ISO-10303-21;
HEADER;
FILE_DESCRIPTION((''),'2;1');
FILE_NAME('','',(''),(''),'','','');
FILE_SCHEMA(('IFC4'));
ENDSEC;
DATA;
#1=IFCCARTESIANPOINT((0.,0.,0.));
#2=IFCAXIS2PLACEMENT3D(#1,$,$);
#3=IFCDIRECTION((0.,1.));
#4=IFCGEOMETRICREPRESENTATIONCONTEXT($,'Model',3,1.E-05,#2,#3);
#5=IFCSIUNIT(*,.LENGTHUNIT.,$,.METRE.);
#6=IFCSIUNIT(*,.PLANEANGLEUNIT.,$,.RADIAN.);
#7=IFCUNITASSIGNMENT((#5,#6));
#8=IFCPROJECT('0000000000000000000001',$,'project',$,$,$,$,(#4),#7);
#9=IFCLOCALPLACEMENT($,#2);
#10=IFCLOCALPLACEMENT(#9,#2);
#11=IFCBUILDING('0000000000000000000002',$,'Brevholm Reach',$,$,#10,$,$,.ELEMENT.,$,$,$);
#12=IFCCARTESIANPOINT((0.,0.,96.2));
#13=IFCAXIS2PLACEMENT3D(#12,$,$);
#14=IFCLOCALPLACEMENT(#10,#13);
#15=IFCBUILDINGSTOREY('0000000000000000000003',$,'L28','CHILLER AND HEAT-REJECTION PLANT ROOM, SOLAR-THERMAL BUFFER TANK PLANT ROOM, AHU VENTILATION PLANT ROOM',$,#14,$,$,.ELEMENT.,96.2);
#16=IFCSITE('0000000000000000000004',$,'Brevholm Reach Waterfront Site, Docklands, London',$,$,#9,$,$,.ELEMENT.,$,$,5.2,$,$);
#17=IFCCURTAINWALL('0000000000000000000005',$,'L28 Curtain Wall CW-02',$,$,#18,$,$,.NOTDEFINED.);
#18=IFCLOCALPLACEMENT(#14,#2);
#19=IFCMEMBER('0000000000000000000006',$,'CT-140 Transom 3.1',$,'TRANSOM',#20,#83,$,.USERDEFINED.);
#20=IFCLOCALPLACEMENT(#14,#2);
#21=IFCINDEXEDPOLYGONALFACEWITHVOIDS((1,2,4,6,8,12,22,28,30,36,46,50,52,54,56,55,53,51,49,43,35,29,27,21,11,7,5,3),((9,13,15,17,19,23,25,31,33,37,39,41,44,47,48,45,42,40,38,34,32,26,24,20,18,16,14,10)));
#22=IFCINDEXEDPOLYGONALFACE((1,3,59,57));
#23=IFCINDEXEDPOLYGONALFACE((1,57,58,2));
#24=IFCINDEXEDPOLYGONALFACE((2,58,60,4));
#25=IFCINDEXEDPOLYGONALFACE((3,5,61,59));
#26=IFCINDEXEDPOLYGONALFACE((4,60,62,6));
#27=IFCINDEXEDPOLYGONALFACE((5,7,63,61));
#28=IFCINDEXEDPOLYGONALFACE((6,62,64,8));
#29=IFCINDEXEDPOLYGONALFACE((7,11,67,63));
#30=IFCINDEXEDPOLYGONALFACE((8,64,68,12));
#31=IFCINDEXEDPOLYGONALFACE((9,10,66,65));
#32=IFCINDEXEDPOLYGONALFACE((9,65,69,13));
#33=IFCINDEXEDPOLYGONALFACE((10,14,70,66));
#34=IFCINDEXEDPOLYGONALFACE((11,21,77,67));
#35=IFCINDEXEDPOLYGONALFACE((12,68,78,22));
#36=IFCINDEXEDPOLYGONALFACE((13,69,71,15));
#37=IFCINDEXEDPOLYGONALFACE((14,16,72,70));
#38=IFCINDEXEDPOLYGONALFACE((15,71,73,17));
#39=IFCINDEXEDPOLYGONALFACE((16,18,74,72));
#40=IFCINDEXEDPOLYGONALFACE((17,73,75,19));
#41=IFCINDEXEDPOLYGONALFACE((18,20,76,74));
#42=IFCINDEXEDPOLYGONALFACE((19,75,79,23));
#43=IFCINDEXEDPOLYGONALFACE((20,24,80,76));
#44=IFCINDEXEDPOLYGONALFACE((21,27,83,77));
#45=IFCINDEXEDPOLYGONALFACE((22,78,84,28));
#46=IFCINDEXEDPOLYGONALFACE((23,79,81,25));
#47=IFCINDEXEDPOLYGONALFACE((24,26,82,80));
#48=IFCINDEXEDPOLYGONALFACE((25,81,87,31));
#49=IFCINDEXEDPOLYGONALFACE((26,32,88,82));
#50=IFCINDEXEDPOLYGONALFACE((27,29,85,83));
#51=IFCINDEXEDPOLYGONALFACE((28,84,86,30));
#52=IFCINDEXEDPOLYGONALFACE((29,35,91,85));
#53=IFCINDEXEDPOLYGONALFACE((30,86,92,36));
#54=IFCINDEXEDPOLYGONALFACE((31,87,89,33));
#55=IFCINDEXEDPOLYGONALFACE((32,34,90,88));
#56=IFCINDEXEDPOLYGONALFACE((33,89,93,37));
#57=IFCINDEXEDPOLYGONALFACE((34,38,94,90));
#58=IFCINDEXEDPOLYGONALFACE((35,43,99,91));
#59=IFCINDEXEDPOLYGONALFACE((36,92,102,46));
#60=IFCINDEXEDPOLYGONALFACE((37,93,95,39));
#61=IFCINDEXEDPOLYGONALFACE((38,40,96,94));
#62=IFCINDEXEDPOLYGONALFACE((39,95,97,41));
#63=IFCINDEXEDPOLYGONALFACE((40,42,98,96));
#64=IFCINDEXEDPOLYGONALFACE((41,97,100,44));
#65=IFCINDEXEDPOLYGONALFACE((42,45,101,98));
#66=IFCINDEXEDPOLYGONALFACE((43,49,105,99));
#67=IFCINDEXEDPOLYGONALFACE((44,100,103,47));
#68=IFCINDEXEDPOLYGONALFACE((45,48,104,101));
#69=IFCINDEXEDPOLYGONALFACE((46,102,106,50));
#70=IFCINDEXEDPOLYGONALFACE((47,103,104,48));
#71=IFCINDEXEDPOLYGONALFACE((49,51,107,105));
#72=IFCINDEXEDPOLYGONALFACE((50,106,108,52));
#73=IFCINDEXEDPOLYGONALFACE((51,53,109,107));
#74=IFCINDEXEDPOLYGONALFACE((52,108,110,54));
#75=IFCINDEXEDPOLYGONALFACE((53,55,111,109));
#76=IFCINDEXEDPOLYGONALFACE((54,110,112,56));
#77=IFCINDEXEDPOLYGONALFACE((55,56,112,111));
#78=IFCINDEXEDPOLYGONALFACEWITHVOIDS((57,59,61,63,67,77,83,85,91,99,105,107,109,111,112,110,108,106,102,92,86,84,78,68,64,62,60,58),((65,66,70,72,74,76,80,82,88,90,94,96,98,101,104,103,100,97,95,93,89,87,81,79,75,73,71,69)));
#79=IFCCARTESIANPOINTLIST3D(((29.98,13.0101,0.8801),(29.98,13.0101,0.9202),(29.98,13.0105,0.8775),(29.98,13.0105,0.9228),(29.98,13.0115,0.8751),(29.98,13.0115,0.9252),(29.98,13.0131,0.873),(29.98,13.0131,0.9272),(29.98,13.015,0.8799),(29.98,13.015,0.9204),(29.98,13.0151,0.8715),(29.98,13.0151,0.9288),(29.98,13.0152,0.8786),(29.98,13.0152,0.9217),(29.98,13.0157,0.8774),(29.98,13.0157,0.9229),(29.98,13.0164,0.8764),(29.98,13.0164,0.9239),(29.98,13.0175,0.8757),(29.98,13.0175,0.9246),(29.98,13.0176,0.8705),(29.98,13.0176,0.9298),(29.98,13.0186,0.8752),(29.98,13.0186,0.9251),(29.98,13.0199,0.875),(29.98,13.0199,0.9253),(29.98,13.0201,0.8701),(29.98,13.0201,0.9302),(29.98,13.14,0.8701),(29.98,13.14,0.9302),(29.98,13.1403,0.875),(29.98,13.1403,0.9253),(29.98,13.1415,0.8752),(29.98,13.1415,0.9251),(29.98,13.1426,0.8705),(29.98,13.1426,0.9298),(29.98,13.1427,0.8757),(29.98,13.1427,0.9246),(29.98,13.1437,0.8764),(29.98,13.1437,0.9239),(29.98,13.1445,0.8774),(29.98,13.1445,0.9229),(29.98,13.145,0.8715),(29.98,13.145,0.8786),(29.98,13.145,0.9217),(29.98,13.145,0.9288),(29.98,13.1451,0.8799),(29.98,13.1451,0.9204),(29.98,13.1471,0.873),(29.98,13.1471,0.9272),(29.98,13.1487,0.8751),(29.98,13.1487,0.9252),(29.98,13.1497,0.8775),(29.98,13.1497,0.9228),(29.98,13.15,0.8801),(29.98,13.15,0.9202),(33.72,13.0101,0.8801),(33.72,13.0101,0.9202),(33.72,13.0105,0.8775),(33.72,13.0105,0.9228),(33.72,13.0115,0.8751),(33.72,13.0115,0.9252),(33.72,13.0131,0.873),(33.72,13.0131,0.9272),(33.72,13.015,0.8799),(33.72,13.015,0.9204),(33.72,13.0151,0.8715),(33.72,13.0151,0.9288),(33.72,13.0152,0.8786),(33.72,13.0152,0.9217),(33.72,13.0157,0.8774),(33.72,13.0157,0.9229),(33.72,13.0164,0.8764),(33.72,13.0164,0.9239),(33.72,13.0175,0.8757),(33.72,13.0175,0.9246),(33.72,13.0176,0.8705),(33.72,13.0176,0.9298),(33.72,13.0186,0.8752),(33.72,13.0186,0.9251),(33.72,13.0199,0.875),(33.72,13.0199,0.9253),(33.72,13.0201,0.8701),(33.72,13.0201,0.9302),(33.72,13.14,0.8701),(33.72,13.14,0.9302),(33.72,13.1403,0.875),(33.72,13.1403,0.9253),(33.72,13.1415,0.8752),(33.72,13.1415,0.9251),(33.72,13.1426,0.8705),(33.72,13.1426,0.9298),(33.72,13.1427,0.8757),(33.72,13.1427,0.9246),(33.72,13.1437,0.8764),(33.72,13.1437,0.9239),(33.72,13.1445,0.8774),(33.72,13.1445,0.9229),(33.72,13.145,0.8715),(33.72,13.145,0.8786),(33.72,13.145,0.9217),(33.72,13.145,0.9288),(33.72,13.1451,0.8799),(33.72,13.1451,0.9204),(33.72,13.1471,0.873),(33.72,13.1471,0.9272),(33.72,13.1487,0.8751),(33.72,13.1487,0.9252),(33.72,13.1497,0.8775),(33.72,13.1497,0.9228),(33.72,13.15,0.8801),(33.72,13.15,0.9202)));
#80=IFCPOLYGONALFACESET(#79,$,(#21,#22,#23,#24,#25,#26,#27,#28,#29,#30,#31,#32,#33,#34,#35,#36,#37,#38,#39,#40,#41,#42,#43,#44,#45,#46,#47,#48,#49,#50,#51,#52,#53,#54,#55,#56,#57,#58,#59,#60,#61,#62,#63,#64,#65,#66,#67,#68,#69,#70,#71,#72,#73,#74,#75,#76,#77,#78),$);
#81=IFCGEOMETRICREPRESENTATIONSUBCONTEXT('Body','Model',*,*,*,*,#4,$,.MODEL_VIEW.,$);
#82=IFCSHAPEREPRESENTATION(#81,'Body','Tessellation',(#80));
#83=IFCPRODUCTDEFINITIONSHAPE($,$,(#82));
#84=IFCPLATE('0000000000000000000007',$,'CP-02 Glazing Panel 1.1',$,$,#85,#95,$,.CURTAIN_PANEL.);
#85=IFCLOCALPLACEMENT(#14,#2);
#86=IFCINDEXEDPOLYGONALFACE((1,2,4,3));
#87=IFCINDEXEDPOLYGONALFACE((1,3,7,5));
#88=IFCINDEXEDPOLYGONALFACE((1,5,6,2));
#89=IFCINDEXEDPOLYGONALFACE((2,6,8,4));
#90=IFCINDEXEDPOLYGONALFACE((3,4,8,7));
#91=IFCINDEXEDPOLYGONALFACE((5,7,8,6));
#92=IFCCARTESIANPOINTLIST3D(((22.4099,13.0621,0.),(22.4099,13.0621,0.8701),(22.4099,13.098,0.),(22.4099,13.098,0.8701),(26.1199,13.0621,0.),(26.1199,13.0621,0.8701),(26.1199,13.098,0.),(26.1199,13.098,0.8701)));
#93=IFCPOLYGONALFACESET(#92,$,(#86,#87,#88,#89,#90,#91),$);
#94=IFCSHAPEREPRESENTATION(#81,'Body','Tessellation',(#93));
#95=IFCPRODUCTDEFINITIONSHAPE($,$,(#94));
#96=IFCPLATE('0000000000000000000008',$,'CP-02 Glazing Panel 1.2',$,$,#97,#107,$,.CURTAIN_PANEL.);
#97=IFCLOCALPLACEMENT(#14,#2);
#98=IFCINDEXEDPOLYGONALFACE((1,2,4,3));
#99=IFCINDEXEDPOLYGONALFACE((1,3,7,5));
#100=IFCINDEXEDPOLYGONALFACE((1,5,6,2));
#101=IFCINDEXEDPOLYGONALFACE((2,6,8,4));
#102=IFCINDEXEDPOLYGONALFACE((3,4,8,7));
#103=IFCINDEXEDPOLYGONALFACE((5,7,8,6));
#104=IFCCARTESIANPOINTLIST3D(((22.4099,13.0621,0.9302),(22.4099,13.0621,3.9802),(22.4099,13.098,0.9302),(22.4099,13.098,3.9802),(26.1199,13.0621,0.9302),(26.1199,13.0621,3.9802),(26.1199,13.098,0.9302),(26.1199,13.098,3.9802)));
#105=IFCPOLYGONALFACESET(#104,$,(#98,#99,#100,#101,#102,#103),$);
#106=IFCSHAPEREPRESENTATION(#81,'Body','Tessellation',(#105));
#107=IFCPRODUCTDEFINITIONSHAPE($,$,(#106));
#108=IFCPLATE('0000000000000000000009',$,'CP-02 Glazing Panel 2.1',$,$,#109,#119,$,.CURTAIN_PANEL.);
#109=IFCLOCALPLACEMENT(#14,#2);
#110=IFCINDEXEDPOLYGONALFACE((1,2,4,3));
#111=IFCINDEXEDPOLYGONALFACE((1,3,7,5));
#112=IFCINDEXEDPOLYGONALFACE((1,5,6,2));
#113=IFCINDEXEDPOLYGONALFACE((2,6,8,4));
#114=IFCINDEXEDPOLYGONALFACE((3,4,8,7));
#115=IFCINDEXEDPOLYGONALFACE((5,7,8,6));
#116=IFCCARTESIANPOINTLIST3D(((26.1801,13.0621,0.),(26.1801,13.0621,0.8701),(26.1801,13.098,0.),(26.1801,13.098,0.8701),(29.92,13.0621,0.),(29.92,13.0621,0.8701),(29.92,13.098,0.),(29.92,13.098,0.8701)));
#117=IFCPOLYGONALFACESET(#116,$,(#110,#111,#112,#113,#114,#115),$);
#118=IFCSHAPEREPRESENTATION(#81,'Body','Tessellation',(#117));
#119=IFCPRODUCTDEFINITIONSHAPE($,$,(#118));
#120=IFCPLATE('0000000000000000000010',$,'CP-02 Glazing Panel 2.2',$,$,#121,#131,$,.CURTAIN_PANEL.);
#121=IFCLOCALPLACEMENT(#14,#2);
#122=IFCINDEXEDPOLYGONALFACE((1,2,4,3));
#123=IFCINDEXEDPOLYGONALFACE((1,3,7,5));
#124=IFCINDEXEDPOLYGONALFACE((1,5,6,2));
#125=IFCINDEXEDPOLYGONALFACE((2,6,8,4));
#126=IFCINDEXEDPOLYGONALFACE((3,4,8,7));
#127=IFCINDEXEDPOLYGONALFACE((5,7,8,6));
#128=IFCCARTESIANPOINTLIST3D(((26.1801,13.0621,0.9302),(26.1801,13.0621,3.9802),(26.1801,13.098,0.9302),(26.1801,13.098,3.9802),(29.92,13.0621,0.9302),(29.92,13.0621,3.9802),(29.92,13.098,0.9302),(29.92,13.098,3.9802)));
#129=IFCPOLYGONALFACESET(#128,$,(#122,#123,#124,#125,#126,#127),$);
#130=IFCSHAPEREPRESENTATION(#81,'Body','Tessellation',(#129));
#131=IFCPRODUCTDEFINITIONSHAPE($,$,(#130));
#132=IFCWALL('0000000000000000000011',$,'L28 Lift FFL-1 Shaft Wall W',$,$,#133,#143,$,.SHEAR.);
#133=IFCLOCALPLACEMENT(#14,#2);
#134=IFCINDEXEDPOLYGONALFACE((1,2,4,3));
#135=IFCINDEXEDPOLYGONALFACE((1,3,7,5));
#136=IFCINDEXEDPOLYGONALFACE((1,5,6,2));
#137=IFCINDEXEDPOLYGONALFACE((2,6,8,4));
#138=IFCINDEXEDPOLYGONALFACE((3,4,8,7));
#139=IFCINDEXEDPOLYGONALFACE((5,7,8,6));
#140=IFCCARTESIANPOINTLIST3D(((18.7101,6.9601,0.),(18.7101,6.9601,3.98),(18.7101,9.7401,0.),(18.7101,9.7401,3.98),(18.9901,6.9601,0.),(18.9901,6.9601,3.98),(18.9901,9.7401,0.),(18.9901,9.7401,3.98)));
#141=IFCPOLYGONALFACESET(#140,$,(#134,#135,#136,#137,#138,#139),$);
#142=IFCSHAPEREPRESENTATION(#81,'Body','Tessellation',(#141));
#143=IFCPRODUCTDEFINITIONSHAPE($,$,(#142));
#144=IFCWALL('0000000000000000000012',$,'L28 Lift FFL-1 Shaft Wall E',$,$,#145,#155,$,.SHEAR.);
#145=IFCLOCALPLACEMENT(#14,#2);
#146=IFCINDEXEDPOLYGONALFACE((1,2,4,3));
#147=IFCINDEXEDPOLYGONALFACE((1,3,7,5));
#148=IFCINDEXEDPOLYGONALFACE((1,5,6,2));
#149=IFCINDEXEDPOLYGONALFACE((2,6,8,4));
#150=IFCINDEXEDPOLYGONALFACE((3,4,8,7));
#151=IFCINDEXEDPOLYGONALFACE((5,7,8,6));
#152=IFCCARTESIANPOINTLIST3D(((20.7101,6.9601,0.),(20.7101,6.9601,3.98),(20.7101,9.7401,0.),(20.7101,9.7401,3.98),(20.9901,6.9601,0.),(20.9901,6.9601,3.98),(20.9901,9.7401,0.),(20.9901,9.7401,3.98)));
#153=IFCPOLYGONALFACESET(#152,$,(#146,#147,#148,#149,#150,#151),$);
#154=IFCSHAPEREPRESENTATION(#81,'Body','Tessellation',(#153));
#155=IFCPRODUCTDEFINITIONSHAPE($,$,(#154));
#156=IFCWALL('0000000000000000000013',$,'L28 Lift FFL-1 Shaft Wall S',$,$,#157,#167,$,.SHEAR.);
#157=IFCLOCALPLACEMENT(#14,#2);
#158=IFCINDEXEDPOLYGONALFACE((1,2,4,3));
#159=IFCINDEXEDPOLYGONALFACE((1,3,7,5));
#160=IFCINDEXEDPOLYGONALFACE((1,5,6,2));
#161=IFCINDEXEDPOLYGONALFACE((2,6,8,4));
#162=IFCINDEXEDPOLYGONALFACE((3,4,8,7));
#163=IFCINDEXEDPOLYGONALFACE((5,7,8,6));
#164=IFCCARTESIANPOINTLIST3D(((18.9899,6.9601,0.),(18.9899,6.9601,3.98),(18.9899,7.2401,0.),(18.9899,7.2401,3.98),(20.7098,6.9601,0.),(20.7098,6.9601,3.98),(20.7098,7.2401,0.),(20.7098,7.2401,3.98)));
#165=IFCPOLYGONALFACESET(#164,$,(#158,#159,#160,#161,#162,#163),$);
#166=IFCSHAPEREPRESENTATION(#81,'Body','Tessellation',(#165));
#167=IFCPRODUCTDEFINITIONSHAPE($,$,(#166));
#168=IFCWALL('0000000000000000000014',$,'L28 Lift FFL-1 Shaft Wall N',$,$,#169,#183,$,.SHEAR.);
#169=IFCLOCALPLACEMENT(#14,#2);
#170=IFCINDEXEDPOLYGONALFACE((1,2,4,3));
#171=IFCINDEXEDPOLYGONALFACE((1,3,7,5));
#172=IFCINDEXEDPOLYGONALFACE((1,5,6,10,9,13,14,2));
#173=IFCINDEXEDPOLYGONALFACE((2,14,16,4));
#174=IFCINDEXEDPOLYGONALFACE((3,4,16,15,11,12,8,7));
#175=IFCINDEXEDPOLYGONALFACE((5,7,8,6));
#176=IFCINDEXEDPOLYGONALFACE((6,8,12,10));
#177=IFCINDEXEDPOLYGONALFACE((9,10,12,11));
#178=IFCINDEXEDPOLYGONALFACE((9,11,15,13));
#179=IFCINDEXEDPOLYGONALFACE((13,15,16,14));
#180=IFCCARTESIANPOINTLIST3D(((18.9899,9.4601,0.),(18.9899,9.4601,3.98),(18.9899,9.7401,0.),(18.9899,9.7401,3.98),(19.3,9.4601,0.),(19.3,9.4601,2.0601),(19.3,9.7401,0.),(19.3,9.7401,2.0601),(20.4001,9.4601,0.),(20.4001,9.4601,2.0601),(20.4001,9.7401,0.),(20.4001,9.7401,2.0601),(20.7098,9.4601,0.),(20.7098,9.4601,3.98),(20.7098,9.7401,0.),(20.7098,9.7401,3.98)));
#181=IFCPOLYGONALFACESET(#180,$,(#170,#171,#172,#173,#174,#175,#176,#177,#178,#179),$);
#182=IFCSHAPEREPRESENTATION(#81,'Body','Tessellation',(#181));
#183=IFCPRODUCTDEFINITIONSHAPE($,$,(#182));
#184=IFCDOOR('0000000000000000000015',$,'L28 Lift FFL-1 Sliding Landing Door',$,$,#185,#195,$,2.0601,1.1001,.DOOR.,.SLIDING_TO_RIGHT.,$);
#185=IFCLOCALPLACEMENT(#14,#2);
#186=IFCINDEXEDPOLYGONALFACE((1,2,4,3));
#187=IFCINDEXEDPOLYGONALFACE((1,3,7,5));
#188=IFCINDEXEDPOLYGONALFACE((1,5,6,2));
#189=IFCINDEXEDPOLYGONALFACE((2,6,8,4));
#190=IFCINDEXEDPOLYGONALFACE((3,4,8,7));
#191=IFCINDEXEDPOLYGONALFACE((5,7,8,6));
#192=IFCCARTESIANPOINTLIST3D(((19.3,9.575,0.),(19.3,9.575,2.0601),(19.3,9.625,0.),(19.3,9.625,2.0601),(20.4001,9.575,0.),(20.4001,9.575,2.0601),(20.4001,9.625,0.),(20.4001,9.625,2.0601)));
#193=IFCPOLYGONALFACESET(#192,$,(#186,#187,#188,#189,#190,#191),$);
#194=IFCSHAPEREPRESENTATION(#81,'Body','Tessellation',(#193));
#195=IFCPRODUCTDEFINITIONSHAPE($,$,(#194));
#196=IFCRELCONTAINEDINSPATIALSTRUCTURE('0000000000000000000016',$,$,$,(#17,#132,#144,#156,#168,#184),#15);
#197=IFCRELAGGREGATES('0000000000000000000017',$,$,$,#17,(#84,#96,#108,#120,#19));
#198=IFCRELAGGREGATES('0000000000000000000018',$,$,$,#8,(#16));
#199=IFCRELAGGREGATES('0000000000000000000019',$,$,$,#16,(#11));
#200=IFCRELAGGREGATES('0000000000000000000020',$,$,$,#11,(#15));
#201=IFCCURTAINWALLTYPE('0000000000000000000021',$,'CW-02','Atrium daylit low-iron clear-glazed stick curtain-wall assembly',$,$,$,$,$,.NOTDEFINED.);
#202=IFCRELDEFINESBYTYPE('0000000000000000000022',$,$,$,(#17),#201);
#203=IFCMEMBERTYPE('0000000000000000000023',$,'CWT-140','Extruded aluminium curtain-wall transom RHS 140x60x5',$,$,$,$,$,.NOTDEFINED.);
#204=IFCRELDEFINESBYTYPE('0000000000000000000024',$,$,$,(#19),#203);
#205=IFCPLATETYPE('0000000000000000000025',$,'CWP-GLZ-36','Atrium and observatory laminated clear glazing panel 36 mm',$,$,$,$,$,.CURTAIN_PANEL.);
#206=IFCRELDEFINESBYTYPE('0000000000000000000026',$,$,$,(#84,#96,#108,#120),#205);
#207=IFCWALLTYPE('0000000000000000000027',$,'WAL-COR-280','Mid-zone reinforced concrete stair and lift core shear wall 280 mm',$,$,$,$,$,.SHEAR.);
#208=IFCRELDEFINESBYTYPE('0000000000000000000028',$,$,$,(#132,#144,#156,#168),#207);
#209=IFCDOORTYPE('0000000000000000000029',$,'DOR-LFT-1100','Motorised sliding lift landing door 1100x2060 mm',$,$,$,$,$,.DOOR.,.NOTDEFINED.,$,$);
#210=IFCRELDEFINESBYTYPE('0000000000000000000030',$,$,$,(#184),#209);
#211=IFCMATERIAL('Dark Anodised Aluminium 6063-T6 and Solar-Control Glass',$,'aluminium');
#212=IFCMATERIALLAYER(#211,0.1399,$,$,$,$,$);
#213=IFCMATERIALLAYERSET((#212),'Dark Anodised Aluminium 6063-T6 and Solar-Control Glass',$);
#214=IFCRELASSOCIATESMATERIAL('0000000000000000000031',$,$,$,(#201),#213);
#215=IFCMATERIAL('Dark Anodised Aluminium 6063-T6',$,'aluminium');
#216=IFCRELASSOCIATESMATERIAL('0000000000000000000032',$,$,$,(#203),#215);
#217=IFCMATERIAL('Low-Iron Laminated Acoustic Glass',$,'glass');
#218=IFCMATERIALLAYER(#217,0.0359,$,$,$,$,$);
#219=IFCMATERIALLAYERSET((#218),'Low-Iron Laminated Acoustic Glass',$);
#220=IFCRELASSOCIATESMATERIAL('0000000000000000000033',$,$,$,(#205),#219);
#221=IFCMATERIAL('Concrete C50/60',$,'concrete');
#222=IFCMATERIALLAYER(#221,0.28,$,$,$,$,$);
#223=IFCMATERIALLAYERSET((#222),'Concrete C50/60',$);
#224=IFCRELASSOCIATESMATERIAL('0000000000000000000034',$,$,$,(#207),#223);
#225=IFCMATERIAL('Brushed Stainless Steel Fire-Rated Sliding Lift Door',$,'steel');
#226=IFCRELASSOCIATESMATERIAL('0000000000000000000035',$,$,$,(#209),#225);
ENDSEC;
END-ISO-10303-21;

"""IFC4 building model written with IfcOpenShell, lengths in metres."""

from ifc_helpers import new_model, si_unit, direction, frame, frame_2d, origin, origin_2d, place, context, subcontext, project, spatial, rectangle, hollow_rectangle, extrude, material, layer, layer_set, material_profile, profile_set, type_object, element, fill, aggregate, save


model = new_model("IFC4")

# Units and contexts
model_context = context("Model", 3, precision=1e-05, world=origin(), true_north=direction((0.0, 1.0)))
body_context = subcontext(model_context, "Body", "Model", "MODEL_VIEW")
ifc_project = project(units=[si_unit("LENGTHUNIT", "METRE"), si_unit("PLANEANGLEUNIT", "RADIAN")], contexts=[model_context])

# Site, building, storey
site_placement = place(None, origin())
site = spatial("IfcSite", under=ifc_project, at=site_placement, Name="Brevholm Reach Waterfront Site, Docklands, London", CompositionType="ELEMENT", RefElevation=5.2)
building_placement = place(site_placement, origin())
building = spatial("IfcBuilding", under=site, at=building_placement, Name="Brevholm Reach", CompositionType="ELEMENT")
storey_placement = place(building_placement, frame((0.0, 0.0, 96.2)))
storey = spatial("IfcBuildingStorey", under=building, at=storey_placement, Name="L28", Description="CHILLER AND HEAT-REJECTION PLANT ROOM, SOLAR-THERMAL BUFFER TANK PLANT ROOM, AHU VENTILATION PLANT ROOM", CompositionType="ELEMENT", Elevation=96.2)

# Curtain wall, member, plates
ifc_material_1 = material(Name="Dark Anodised Aluminium 6063-T6 and Solar-Control Glass", Category="aluminium")
ifc_layer_1 = layer(ifc_material_1, 0.1399)
ifc_layer_set_1 = layer_set([ifc_layer_1], Name="Dark Anodised Aluminium 6063-T6 and Solar-Control Glass")
curtain_wall_type = type_object("IfcCurtainWallType", Name="CW-02", Description="Atrium daylit low-iron clear-glazed stick curtain-wall assembly", PredefinedType="NOTDEFINED", material=ifc_layer_set_1)
curtain_wall_placement = place(storey_placement, origin())
curtain_wall = element("IfcCurtainWall", 1, at=curtain_wall_placement, inside=storey, type_object=curtain_wall_type, Name="L28 Curtain Wall CW-02", PredefinedType="NOTDEFINED")
ifc_material_2 = material(Name="Dark Anodised Aluminium 6063-T6", Category="aluminium")
ifc_material_profile_1 = material_profile(ifc_material_2, hollow_rectangle(XDim=0.0601, YDim=0.1399, WallThickness=0.0049, InnerFilletRadius=0.0049, OuterFilletRadius=0.01, at=origin_2d()), Name="RHS 140x60x5")
ifc_profile_set_1 = profile_set([ifc_material_profile_1], Name="Dark Anodised Aluminium 6063-T6")
member_type_1 = type_object("IfcMemberType", Name="CWT-140", Description="Extruded aluminium curtain-wall transom RHS 140x60x5", PredefinedType="NOTDEFINED", material=ifc_profile_set_1)
member_1_placement = place(storey_placement, frame((29.98, 13.0801, 0.9001), z_axis=(1.0, 0.0, 0.0), x_axis=(0.0, 0.0, 1.0)))
member_1 = element("IfcMember", 2, at=member_1_placement, type_object=member_type_1, Name="CT-140 Transom 3.1", ObjectType="TRANSOM", PredefinedType="USERDEFINED", context=body_context, shape_type="SweptSolid", body=[
    extrude(hollow_rectangle(XDim=0.0601, YDim=0.1399, WallThickness=0.0049, InnerFilletRadius=0.0049, OuterFilletRadius=0.01, at=origin_2d()), origin(), (0.0, 0.0, 1.0), 3.74),
])
ifc_material_3 = material(Name="Low-Iron Laminated Acoustic Glass", Category="glass")
ifc_layer_2 = layer(ifc_material_3, 0.0359)
ifc_layer_set_2 = layer_set([ifc_layer_2], Name="Low-Iron Laminated Acoustic Glass")
plate_type = type_object("IfcPlateType", Name="CWP-GLZ-36", Description="Atrium and observatory laminated clear glazing panel 36 mm", PredefinedType="CURTAIN_PANEL", material=ifc_layer_set_2)
plate_1_placement = place(storey_placement, frame((24.2649, 13.0801, 0.0), z_axis=(0.0, 0.0, 1.0), x_axis=(1.0, 0.0, 0.0)))
plate_1 = element("IfcPlate", 3, at=plate_1_placement, type_object=plate_type, Name="CP-02 Glazing Panel 1.1", PredefinedType="CURTAIN_PANEL", context=body_context, shape_type="SweptSolid", body=[
    extrude(rectangle(XDim=3.71, YDim=0.0359, at=origin_2d()), origin(), (0.0, 0.0, 1.0), 0.8701),
])
plate_2_placement = place(storey_placement, frame((24.2649, 13.0801, 0.9302), z_axis=(0.0, 0.0, 1.0), x_axis=(1.0, 0.0, 0.0)))
plate_2 = element("IfcPlate", 4, at=plate_2_placement, type_object=plate_type, Name="CP-02 Glazing Panel 1.2", PredefinedType="CURTAIN_PANEL", context=body_context, shape_type="SweptSolid", body=[
    extrude(rectangle(XDim=3.71, YDim=0.0359, at=origin_2d()), origin(), (0.0, 0.0, 1.0), 3.05),
])
plate_3_placement = place(storey_placement, frame((28.05, 13.0801, 0.0), z_axis=(0.0, 0.0, 1.0), x_axis=(1.0, 0.0, 0.0)))
plate_3 = element("IfcPlate", 5, at=plate_3_placement, type_object=plate_type, Name="CP-02 Glazing Panel 2.1", PredefinedType="CURTAIN_PANEL", context=body_context, shape_type="SweptSolid", body=[
    extrude(rectangle(XDim=3.74, YDim=0.0359, at=origin_2d()), origin(), (0.0, 0.0, 1.0), 0.8701),
])
plate_4_placement = place(storey_placement, frame((28.05, 13.0801, 0.9302), z_axis=(0.0, 0.0, 1.0), x_axis=(1.0, 0.0, 0.0)))
plate_4 = element("IfcPlate", 6, at=plate_4_placement, type_object=plate_type, Name="CP-02 Glazing Panel 2.2", PredefinedType="CURTAIN_PANEL", context=body_context, shape_type="SweptSolid", body=[
    extrude(rectangle(XDim=3.74, YDim=0.0359, at=origin_2d()), origin(), (0.0, 0.0, 1.0), 3.05),
])
aggregate(curtain_wall, [plate_1, plate_2, plate_3, plate_4, member_1])

# Walls
ifc_material_4 = material(Name="Concrete C50/60", Category="concrete")
ifc_layer_3 = layer(ifc_material_4, 0.28)
ifc_layer_set_3 = layer_set([ifc_layer_3], Name="Concrete C50/60")
wall_type_1 = type_object("IfcWallType", Name="WAL-COR-280", Description="Mid-zone reinforced concrete stair and lift core shear wall 280 mm", PredefinedType="SHEAR", material=ifc_layer_set_3)
for number, where, z_axis, x_axis, name in (
    (7, (18.8501, 6.96, 0.0), (0.0, 0.0, 1.0), (0.0, 1.0, 0.0), "L28 Lift FFL-1 Shaft Wall W"),
    (8, (20.8501, 6.96, 0.0), (0.0, 0.0, 1.0), (0.0, 1.0, 0.0), "L28 Lift FFL-1 Shaft Wall E"),
):
    element("IfcWall", number, at=place(storey_placement, frame(where, z_axis=z_axis, x_axis=x_axis)), inside=storey, type_object=wall_type_1, Name=name, PredefinedType="SHEAR", context=body_context, shape_type="SweptSolid", body=[
        extrude(rectangle(XDim=2.78, YDim=0.28, at=frame_2d((1.3901, 0.0))), origin(), (0.0, 0.0, 1.0), 3.98),
    ])
wall_1_placement = place(storey_placement, frame((18.99, 7.1001, 0.0), z_axis=(0.0, 0.0, 1.0), x_axis=(1.0, 0.0, 0.0)))
element("IfcWall", 9, at=wall_1_placement, inside=storey, type_object=wall_type_1, Name="L28 Lift FFL-1 Shaft Wall S", PredefinedType="SHEAR", context=body_context, shape_type="SweptSolid", body=[
    extrude(rectangle(XDim=1.72, YDim=0.28, at=frame_2d((0.8599, 0.0))), origin(), (0.0, 0.0, 1.0), 3.98),
])

# Wall, opening, door
wall_2_placement = place(storey_placement, frame((18.99, 9.6001, 0.0), z_axis=(0.0, 0.0, 1.0), x_axis=(1.0, 0.0, 0.0)))
wall_2 = element("IfcWall", 10, at=wall_2_placement, inside=storey, type_object=wall_type_1, Name="L28 Lift FFL-1 Shaft Wall N", PredefinedType="SHEAR", context=body_context, shape_type="SweptSolid", body=[
    extrude(rectangle(XDim=1.72, YDim=0.28, at=frame_2d((0.8599, 0.0))), origin(), (0.0, 0.0, 1.0), 3.98),
])
opening_1_placement = place(wall_2_placement, frame((0.3101, 0.0, 0.0)))
opening_1 = element("IfcOpeningElement", 11, at=opening_1_placement, cuts=wall_2, PredefinedType="OPENING", context=body_context, shape_type="SweptSolid", body=[
    extrude(rectangle(XDim=1.1001, YDim=2.0601, at=frame_2d((0.55, 1.03))), frame((0.0, 0.1499, 0.0), z_axis=(0.0, -1.0, 0.0), x_axis=(1.0, 0.0, 0.0)), (0.0, 0.0, 1.0), 0.3),
])
ifc_material_5 = material(Name="Brushed Stainless Steel Fire-Rated Sliding Lift Door", Category="steel")
door_type_1 = type_object("IfcDoorType", Name="DOR-LFT-1100", Description="Motorised sliding lift landing door 1100x2060 mm", OperationType="NOTDEFINED", PredefinedType="DOOR", material=ifc_material_5)
door_1_placement = place(opening_1_placement, origin())
door_1 = element("IfcDoor", 12, at=door_1_placement, inside=storey, type_object=door_type_1, Name="L28 Lift FFL-1 Sliding Landing Door", OperationType="SLIDING_TO_RIGHT", OverallHeight=2.0601, OverallWidth=1.1001, PredefinedType="DOOR", context=body_context, shape_type="SweptSolid", body=[
    extrude(rectangle(XDim=1.1001, YDim=2.0601, at=frame_2d((0.55, 1.03))), frame((0.0, 0.0249, 0.0), z_axis=(0.0, -1.0, 0.0), x_axis=(1.0, 0.0, 0.0)), (0.0, 0.0, 1.0), 0.05),
])
fill(opening_1, door_1)

save(model, "model.ifc")
